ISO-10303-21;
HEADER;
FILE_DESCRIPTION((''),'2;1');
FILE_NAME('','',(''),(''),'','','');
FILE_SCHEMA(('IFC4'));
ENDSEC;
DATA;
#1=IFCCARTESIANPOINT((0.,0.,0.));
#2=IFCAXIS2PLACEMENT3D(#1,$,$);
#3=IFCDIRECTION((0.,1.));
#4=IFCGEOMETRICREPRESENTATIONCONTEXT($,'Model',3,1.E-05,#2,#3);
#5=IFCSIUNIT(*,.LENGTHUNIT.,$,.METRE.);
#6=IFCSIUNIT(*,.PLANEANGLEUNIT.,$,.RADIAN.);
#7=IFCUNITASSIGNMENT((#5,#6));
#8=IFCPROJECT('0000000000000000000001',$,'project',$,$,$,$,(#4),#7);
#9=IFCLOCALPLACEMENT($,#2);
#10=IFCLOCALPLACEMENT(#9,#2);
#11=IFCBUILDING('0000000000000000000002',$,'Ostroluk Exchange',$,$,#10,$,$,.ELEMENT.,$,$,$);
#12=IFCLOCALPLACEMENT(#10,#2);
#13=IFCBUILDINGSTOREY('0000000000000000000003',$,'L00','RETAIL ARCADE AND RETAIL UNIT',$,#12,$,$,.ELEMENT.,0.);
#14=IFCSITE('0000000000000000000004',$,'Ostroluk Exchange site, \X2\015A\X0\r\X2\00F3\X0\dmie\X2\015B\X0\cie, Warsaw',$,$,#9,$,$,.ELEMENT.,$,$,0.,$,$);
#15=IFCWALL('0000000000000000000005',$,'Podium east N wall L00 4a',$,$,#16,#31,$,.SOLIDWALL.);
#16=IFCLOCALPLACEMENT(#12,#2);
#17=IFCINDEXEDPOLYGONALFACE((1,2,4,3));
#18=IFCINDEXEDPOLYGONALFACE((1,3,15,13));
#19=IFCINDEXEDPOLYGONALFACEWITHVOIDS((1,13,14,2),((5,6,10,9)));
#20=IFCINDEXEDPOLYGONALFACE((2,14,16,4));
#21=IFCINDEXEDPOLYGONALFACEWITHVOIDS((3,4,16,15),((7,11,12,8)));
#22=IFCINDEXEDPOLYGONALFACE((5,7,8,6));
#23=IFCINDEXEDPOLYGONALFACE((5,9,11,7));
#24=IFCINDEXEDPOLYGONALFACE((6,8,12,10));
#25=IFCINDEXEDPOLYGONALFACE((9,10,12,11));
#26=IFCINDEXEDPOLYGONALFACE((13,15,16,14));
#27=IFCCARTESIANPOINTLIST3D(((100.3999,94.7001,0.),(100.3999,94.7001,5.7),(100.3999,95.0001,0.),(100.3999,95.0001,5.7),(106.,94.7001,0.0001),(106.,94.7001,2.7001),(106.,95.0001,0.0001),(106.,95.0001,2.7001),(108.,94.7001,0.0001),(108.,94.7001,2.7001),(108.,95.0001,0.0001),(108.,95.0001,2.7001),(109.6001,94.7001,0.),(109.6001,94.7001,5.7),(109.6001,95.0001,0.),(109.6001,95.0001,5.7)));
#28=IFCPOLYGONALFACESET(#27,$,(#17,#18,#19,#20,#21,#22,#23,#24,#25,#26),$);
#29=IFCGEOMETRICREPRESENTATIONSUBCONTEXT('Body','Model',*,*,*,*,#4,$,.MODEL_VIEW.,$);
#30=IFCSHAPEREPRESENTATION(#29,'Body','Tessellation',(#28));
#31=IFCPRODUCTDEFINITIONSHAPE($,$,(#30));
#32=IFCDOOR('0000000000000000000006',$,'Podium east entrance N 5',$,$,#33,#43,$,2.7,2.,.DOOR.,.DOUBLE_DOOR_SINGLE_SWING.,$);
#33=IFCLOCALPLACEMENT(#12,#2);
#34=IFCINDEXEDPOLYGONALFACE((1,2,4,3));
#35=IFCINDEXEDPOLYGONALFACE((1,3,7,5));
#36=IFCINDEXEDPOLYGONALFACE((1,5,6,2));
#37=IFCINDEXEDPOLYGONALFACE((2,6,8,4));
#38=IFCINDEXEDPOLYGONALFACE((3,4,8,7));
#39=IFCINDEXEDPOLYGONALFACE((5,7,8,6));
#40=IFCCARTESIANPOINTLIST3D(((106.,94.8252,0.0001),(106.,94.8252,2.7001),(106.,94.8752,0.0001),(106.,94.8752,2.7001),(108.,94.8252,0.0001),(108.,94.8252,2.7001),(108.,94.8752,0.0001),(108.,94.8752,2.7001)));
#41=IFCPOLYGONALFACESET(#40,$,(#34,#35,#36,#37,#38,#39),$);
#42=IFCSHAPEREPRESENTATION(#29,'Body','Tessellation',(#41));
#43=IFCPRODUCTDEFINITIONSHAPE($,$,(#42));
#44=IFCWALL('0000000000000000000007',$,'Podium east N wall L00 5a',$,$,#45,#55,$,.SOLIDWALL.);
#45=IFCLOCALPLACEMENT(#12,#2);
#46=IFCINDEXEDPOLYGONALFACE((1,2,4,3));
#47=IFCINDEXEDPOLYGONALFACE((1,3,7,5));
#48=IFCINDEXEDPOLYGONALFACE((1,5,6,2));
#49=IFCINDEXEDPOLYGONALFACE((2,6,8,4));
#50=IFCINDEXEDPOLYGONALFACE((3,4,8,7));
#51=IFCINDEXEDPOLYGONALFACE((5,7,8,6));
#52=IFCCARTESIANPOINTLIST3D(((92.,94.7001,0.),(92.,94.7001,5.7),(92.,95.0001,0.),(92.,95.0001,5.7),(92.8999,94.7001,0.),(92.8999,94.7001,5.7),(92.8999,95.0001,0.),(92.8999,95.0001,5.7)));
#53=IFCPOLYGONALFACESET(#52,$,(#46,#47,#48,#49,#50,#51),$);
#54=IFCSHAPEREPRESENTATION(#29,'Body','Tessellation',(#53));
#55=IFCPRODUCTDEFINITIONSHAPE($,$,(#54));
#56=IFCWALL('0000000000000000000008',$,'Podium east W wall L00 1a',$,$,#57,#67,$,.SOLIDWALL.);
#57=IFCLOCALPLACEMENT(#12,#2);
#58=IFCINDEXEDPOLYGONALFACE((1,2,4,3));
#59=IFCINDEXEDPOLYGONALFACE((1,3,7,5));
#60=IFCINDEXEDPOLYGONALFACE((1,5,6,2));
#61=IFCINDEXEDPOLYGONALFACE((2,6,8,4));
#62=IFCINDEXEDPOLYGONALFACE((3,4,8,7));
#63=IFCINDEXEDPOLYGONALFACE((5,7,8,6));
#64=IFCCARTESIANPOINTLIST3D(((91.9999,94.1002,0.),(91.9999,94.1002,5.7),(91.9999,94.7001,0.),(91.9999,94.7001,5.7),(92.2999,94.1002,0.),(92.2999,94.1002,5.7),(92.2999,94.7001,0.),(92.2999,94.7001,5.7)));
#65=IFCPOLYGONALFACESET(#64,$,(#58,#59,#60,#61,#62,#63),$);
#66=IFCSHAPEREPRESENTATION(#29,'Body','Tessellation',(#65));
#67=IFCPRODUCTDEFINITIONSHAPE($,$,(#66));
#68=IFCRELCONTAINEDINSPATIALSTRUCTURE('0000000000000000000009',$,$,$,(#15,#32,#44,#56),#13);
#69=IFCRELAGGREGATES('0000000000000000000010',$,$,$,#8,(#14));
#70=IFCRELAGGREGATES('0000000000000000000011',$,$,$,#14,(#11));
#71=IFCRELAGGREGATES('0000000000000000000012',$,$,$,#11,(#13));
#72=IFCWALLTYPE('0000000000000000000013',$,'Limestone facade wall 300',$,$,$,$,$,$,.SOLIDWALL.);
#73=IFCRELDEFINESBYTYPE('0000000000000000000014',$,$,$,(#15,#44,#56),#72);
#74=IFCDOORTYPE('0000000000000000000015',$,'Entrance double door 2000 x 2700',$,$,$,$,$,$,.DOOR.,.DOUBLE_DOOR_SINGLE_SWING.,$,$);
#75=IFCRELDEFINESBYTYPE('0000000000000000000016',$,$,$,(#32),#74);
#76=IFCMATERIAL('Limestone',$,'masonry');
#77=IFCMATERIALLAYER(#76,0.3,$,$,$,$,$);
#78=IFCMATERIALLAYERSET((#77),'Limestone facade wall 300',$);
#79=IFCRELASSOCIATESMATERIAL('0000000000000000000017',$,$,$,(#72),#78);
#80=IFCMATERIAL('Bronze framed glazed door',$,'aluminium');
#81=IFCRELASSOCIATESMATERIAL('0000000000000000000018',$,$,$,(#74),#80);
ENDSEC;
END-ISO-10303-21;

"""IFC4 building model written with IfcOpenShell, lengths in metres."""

from ifc_helpers import new_model, si_unit, direction, frame, frame_2d, origin, place, context, subcontext, project, spatial, rectangle, extrude, material, layer, layer_set, type_object, element, fill, save


model = new_model("IFC4")

# Units and contexts
model_context = context("Model", 3, precision=1e-05, world=origin(), true_north=direction((0.0, 1.0)))
body_context = subcontext(model_context, "Body", "Model", "MODEL_VIEW")
ifc_project = project(units=[si_unit("LENGTHUNIT", "METRE"), si_unit("PLANEANGLEUNIT", "RADIAN")], contexts=[model_context])

# Site, building, storey
site_placement = place(None, origin())
site = spatial("IfcSite", under=ifc_project, at=site_placement, Name="Ostroluk Exchange site, Śródmieście, Warsaw", CompositionType="ELEMENT", RefElevation=0.0)
building_placement = place(site_placement, origin())
building = spatial("IfcBuilding", under=site, at=building_placement, Name="Ostroluk Exchange", CompositionType="ELEMENT")
storey_placement = place(building_placement, origin())
storey = spatial("IfcBuildingStorey", under=building, at=storey_placement, Name="L00", Description="RETAIL ARCADE AND RETAIL UNIT", CompositionType="ELEMENT", Elevation=0.0)

# Wall, opening, door
ifc_material_1 = material(Name="Limestone", Category="masonry")
ifc_layer_1 = layer(ifc_material_1, 0.3)
ifc_layer_set_1 = layer_set([ifc_layer_1], Name="Limestone facade wall 300")
wall_type = type_object("IfcWallType", Name="Limestone facade wall 300", PredefinedType="SOLIDWALL", material=ifc_layer_set_1)
wall_1_placement = place(storey_placement, frame((109.6001, 94.8501, 0.0), z_axis=(0.0, 0.0, 1.0), x_axis=(-1.0, 0.0, 0.0)))
wall_1 = element("IfcWall", 1, at=wall_1_placement, inside=storey, type_object=wall_type, Name="Podium east N wall L00 4a", PredefinedType="SOLIDWALL", context=body_context, shape_type="SweptSolid", body=[
    extrude(rectangle(XDim=9.2002, YDim=0.3, at=frame_2d((4.6001, 0.0))), origin(), (0.0, 0.0, 1.0), 5.7),
])
opening_placement = place(wall_1_placement, frame((1.6001, 0.0, 0.0)))
opening = element("IfcOpeningElement", 2, at=opening_placement, cuts=wall_1, PredefinedType="OPENING", context=body_context, shape_type="SweptSolid", body=[
    extrude(rectangle(XDim=2.0, YDim=2.7, at=frame_2d((1.0, 1.3501))), frame((0.0, 0.1599, 0.0), z_axis=(0.0, -1.0, 0.0), x_axis=(1.0, 0.0, 0.0)), (0.0, 0.0, 1.0), 0.3201),
])
ifc_material_2 = material(Name="Bronze framed glazed door", Category="aluminium")
door_type = type_object("IfcDoorType", Name="Entrance double door 2000 x 2700", OperationType="DOUBLE_DOOR_SINGLE_SWING", PredefinedType="DOOR", material=ifc_material_2)
door_placement = place(opening_placement, origin())
door = element("IfcDoor", 3, at=door_placement, inside=storey, type_object=door_type, Name="Podium east entrance N 5", OperationType="DOUBLE_DOOR_SINGLE_SWING", OverallHeight=2.7, OverallWidth=2.0, PredefinedType="DOOR", context=body_context, shape_type="SweptSolid", body=[
    extrude(rectangle(XDim=2.0, YDim=2.7, at=frame_2d((1.0, 1.3501))), frame((0.0, 0.0249, 0.0), z_axis=(0.0, -1.0, 0.0), x_axis=(1.0, 0.0, 0.0)), (0.0, 0.0, 1.0), 0.05),
])
fill(opening, door)

# Walls
wall_2_placement = place(storey_placement, frame((92.8999, 94.8501, 0.0), z_axis=(0.0, 0.0, 1.0), x_axis=(-1.0, 0.0, 0.0)))
element("IfcWall", 4, at=wall_2_placement, inside=storey, type_object=wall_type, Name="Podium east N wall L00 5a", PredefinedType="SOLIDWALL", context=body_context, shape_type="SweptSolid", body=[
    extrude(rectangle(XDim=0.8999, YDim=0.3, at=frame_2d((0.45, 0.0))), origin(), (0.0, 0.0, 1.0), 5.7),
])
wall_3_placement = place(storey_placement, frame((92.1499, 94.7, 0.0), z_axis=(0.0, 0.0, 1.0), x_axis=(0.0, -1.0, 0.0)))
element("IfcWall", 5, at=wall_3_placement, inside=storey, type_object=wall_type, Name="Podium east W wall L00 1a", PredefinedType="SOLIDWALL", context=body_context, shape_type="SweptSolid", body=[
    extrude(rectangle(XDim=0.5999, YDim=0.3, at=frame_2d((0.2998, 0.0))), origin(), (0.0, 0.0, 1.0), 5.7),
])

save(model, "model.ifc")
